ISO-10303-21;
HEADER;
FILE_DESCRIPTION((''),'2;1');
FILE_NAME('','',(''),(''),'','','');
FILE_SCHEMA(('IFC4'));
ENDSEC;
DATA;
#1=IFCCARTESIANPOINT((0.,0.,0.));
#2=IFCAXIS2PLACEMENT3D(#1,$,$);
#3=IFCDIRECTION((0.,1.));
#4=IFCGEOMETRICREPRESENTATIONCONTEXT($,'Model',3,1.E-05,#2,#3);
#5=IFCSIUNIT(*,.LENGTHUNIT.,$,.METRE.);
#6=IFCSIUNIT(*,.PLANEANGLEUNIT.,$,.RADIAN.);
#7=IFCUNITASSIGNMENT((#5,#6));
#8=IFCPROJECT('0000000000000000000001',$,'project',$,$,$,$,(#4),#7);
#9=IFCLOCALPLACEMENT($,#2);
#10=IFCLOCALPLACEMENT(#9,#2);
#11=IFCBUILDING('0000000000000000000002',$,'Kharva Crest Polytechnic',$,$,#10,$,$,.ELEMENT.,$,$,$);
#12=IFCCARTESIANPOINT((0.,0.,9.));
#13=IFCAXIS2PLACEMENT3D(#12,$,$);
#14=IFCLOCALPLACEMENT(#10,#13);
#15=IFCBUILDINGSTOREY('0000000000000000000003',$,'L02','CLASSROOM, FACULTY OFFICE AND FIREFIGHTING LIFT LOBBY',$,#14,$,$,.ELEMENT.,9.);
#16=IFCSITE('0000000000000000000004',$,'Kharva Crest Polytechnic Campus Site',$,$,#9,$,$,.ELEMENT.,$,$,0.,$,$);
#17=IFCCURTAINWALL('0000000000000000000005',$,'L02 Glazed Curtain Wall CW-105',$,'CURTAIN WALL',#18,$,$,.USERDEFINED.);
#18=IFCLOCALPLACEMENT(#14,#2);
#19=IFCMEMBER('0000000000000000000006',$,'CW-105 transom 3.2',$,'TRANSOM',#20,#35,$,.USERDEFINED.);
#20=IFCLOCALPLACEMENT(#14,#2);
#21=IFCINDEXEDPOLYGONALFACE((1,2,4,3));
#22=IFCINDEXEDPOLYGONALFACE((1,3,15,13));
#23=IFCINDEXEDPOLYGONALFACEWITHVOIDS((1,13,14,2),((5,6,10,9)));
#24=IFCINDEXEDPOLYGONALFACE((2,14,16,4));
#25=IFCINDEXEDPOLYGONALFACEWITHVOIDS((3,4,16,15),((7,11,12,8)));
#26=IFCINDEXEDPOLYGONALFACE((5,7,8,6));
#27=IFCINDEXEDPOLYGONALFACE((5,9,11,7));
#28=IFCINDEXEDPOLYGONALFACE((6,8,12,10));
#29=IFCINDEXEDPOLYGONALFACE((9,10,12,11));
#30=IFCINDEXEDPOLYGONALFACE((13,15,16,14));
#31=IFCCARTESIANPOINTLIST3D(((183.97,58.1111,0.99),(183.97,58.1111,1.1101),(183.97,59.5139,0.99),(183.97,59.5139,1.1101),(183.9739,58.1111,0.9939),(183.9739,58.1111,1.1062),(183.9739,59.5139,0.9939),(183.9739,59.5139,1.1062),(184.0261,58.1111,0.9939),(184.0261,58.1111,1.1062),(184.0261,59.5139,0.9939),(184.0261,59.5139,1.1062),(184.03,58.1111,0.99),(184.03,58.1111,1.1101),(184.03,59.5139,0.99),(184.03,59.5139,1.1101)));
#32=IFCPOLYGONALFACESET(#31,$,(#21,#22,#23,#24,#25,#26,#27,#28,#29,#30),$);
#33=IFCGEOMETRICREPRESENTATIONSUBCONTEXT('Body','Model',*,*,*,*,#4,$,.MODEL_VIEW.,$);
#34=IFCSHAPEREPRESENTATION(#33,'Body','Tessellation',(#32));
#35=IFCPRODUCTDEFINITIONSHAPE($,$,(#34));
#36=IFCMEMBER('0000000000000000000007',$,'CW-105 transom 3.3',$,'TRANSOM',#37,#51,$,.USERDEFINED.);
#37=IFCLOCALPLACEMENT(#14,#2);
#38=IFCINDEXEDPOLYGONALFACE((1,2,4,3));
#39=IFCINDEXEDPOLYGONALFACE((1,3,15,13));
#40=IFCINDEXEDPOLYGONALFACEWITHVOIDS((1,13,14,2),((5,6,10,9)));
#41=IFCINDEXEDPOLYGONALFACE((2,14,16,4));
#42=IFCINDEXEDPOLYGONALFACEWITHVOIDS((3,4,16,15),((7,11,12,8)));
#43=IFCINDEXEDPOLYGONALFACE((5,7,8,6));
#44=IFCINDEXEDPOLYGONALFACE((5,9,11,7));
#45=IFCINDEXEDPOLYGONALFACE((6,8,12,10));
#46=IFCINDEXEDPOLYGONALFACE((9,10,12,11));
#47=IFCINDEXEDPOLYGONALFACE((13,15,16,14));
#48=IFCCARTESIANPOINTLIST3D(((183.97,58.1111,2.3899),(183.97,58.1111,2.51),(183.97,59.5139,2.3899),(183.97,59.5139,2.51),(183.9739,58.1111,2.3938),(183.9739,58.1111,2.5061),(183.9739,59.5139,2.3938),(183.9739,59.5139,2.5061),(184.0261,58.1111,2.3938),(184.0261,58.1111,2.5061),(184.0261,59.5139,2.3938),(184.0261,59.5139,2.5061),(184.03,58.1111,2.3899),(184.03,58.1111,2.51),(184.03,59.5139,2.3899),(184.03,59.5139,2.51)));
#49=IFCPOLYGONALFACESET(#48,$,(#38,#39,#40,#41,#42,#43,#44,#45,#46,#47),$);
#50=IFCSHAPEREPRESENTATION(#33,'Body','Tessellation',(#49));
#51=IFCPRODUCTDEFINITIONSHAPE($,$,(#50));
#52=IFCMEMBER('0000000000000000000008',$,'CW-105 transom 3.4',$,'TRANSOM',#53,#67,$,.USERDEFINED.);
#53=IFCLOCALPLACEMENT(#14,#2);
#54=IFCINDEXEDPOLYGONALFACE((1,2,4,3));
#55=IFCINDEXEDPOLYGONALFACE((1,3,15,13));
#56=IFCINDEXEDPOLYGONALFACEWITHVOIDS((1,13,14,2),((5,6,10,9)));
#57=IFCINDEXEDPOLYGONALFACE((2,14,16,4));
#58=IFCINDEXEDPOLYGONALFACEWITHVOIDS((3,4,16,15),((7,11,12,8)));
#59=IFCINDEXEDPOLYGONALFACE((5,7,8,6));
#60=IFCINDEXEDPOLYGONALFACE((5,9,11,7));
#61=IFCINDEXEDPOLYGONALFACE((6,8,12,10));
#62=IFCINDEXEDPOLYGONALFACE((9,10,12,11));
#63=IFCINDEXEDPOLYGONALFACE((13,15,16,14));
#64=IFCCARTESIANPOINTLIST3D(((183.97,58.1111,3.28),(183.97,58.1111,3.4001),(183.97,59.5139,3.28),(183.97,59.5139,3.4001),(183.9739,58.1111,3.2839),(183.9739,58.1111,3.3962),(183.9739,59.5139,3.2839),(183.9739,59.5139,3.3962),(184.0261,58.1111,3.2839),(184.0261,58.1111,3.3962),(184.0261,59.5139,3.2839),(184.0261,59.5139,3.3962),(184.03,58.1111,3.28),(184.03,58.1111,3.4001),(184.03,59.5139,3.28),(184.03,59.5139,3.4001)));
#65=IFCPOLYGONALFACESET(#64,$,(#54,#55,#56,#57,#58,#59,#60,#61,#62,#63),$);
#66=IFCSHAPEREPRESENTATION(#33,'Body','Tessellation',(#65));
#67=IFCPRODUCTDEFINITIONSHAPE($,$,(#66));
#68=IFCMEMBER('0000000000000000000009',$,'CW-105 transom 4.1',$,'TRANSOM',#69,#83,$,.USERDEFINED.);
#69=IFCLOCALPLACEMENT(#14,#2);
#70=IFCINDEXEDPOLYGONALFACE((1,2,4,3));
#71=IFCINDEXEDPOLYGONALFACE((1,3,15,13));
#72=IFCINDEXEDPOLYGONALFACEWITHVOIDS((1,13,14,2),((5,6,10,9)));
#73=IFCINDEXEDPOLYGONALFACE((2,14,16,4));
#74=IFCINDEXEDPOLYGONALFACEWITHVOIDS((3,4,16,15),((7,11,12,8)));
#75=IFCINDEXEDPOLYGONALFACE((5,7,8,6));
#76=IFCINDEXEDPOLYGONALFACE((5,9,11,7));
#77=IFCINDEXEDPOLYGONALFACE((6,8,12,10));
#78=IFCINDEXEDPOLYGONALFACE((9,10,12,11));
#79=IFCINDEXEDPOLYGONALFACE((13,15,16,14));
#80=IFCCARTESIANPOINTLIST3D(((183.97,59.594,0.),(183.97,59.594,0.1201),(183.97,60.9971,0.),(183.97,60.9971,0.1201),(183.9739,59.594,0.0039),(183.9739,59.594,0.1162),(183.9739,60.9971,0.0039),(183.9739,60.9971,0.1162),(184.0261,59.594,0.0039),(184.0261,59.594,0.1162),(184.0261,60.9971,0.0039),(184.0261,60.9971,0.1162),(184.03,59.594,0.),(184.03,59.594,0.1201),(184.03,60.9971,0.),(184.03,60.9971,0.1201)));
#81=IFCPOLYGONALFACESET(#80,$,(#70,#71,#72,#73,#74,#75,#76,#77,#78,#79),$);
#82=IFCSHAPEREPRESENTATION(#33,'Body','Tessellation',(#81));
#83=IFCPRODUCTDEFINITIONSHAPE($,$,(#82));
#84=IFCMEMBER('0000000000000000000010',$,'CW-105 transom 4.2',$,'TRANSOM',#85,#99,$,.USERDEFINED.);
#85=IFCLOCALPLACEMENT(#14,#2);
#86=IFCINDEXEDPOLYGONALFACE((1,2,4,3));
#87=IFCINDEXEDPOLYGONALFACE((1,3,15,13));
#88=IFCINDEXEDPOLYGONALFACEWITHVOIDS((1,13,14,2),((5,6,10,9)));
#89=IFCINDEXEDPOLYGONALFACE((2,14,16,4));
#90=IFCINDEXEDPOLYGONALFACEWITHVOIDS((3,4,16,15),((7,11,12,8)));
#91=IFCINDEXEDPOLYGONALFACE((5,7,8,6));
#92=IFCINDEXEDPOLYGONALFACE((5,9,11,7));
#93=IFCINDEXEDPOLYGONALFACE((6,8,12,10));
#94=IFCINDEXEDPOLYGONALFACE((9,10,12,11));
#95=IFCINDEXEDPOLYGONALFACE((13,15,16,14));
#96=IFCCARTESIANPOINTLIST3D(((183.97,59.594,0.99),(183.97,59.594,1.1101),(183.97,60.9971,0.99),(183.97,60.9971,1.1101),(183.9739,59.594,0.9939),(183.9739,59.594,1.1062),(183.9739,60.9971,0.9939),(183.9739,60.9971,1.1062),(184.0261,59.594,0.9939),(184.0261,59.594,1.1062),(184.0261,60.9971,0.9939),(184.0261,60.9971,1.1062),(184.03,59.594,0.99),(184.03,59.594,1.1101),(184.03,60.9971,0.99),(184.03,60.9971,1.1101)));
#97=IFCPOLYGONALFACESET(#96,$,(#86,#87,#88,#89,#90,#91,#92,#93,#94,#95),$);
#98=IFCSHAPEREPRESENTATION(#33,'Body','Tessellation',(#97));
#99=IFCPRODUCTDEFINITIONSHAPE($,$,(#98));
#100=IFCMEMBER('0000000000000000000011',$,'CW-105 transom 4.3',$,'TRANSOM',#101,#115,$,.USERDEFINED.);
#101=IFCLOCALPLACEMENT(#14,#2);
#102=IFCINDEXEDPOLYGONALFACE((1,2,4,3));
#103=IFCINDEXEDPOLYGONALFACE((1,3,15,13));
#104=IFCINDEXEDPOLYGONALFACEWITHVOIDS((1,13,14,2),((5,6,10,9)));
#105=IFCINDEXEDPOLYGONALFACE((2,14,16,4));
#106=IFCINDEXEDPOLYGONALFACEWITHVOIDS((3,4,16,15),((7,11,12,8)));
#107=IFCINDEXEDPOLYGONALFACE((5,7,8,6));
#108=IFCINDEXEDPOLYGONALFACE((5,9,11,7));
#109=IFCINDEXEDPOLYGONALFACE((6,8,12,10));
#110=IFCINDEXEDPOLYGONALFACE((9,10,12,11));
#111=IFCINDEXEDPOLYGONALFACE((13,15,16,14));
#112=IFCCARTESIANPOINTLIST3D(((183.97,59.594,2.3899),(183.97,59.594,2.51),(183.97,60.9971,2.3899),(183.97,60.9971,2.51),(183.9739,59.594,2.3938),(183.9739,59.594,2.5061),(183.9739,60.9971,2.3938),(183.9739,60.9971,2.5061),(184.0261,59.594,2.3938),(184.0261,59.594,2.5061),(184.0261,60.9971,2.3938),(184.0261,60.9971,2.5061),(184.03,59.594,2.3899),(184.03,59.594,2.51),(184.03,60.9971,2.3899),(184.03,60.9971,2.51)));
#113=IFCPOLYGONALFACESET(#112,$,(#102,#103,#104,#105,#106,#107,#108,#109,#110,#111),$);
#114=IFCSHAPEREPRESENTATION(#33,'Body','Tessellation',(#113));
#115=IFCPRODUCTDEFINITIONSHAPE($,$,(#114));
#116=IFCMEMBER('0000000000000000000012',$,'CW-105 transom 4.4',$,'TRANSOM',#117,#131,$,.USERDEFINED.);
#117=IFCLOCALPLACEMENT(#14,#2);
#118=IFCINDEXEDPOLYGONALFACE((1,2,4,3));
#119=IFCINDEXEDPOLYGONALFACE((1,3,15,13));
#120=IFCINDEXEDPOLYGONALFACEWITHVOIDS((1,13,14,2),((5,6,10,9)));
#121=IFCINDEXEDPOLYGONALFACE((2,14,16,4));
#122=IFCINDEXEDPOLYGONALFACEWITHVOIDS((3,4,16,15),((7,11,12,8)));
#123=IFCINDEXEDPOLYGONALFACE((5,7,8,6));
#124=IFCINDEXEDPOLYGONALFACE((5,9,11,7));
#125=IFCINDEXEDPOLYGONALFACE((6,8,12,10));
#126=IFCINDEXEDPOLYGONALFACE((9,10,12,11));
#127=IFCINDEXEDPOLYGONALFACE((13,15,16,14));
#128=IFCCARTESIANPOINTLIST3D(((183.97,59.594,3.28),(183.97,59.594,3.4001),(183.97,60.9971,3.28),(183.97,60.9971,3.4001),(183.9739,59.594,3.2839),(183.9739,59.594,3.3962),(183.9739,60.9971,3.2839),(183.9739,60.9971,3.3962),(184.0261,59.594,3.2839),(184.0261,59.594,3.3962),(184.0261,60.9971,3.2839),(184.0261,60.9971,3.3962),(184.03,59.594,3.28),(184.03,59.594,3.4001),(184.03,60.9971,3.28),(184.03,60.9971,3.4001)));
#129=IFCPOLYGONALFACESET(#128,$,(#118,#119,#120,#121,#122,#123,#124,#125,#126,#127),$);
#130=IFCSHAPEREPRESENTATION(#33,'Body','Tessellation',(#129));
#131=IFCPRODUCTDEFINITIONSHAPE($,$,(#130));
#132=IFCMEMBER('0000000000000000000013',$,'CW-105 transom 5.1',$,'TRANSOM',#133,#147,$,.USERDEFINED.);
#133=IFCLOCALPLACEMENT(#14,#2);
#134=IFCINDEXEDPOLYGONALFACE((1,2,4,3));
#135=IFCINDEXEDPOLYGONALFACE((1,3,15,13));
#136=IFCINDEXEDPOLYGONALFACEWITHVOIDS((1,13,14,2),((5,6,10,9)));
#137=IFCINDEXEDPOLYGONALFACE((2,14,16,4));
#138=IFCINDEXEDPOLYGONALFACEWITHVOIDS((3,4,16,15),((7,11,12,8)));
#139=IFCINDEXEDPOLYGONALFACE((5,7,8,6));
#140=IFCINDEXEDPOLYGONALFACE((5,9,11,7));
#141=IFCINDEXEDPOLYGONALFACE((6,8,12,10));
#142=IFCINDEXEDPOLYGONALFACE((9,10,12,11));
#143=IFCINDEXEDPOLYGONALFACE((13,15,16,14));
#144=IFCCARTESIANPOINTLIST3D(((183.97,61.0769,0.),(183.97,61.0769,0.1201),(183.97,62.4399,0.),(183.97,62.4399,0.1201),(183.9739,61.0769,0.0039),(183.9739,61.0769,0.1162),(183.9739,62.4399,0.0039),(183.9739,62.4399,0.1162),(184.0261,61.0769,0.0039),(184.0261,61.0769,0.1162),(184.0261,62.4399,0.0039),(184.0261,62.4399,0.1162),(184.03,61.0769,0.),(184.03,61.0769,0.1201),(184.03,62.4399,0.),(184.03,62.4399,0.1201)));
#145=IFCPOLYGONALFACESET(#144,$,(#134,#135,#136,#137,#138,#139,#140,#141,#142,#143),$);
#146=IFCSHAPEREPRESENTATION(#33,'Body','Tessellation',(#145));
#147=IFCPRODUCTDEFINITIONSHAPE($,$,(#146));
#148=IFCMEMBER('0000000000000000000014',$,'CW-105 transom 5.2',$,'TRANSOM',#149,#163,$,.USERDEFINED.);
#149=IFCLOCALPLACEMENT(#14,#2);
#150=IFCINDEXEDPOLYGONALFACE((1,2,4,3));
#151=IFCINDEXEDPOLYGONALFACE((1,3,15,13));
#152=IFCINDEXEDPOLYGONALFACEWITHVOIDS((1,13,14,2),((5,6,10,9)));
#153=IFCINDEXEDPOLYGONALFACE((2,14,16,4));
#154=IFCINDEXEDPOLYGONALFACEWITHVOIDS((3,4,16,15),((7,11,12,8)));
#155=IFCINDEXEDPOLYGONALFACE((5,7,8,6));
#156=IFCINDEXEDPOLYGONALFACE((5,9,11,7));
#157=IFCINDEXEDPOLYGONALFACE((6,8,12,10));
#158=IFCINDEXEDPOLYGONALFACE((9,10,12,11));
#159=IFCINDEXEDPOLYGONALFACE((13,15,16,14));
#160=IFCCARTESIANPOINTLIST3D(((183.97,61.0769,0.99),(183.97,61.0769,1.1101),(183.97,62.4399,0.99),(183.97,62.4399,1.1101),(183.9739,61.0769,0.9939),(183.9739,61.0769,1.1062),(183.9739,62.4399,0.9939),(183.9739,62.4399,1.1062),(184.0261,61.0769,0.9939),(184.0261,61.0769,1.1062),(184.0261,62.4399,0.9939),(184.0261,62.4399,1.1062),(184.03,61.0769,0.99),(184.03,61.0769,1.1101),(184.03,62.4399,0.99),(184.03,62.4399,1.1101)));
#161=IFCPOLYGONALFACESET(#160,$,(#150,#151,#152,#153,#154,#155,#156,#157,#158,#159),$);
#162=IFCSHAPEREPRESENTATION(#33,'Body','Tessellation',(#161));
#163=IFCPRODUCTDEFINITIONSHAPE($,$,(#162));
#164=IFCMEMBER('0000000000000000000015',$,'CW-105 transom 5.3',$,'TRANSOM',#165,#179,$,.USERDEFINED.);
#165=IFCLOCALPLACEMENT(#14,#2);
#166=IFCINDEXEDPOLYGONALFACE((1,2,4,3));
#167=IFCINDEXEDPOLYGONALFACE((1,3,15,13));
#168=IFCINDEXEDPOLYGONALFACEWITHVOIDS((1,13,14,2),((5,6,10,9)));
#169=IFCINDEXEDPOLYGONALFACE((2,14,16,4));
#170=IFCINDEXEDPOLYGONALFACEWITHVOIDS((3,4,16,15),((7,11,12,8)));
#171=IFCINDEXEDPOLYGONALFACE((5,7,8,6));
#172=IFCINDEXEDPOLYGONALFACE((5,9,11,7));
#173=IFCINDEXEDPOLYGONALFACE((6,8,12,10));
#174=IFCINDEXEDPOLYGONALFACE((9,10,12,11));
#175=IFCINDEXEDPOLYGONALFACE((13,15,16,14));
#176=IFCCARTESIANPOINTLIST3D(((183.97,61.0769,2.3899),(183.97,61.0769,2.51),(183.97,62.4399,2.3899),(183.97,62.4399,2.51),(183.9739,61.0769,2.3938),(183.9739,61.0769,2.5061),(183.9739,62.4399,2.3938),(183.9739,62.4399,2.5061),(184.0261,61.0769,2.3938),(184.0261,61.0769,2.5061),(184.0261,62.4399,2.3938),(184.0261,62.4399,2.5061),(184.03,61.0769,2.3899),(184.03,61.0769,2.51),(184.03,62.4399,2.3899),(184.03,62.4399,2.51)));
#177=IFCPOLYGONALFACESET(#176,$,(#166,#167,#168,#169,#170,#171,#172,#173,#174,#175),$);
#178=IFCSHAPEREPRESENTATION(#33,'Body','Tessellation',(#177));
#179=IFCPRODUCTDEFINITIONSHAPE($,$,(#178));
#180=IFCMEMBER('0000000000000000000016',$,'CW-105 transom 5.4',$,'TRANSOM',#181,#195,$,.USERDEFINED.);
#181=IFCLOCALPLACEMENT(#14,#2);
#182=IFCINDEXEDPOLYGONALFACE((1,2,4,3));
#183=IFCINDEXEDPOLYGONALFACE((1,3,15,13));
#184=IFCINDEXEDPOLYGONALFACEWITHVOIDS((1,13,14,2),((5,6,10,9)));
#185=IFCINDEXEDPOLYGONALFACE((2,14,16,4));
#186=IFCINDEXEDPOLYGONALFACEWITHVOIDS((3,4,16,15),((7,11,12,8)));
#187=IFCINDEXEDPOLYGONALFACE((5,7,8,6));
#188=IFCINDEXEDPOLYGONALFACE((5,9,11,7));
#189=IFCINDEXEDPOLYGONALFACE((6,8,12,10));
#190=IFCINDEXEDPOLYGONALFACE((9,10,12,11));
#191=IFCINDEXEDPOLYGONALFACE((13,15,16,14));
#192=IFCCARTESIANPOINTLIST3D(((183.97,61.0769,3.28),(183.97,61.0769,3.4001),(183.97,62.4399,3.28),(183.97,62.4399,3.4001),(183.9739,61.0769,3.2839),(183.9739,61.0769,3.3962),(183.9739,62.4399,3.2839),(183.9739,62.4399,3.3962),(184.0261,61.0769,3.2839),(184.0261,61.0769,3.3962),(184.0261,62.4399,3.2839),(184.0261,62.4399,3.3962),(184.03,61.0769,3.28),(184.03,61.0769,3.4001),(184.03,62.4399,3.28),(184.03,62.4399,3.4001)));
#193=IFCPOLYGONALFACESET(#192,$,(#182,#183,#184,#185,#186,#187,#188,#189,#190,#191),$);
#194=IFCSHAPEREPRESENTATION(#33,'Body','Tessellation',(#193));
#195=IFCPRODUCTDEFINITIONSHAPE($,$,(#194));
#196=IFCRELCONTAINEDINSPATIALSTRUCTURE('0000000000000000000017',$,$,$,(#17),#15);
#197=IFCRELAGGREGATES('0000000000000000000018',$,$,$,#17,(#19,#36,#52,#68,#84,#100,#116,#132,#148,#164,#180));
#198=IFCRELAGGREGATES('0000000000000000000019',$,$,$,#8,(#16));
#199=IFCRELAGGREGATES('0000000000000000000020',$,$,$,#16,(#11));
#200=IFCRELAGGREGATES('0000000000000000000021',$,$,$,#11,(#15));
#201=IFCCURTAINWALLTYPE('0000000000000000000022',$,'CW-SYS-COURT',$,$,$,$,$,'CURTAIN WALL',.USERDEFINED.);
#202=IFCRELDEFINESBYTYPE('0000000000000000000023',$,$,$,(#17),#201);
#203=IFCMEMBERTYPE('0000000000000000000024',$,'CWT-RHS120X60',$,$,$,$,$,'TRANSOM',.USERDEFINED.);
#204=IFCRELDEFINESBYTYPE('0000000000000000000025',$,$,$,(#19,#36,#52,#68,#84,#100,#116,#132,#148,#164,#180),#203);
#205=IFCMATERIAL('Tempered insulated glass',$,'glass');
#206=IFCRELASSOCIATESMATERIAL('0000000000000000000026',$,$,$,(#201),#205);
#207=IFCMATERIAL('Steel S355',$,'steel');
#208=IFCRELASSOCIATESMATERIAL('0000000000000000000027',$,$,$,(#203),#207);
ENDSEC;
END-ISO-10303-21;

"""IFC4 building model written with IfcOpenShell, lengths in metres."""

from ifc_helpers import new_model, si_unit, direction, frame, origin, origin_2d, place, context, subcontext, project, spatial, hollow_rectangle, extrude, material, material_profile, profile_set, type_object, element, aggregate, save


model = new_model("IFC4")

# Units and contexts
model_context = context("Model", 3, precision=1e-05, world=origin(), true_north=direction((0.0, 1.0)))
body_context = subcontext(model_context, "Body", "Model", "MODEL_VIEW")
ifc_project = project(units=[si_unit("LENGTHUNIT", "METRE"), si_unit("PLANEANGLEUNIT", "RADIAN")], contexts=[model_context])

# Site, building, storey
site_placement = place(None, origin())
site = spatial("IfcSite", under=ifc_project, at=site_placement, Name="Kharva Crest Polytechnic Campus Site", CompositionType="ELEMENT", RefElevation=0.0)
building_placement = place(site_placement, origin())
building = spatial("IfcBuilding", under=site, at=building_placement, Name="Kharva Crest Polytechnic", CompositionType="ELEMENT")
storey_placement = place(building_placement, frame((0.0, 0.0, 9.0)))
storey = spatial("IfcBuildingStorey", under=building, at=storey_placement, Name="L02", Description="CLASSROOM, FACULTY OFFICE AND FIREFIGHTING LIFT LOBBY", CompositionType="ELEMENT", Elevation=9.0)

# Curtain wall
ifc_material_1 = material(Name="Tempered insulated glass", Category="glass")
curtain_wall_type = type_object("IfcCurtainWallType", Name="CW-SYS-COURT", ElementType="CURTAIN WALL", PredefinedType="USERDEFINED", material=ifc_material_1)
curtain_wall_1_placement = place(storey_placement, origin())
curtain_wall_1 = element("IfcCurtainWall", 1, at=curtain_wall_1_placement, inside=storey, type_object=curtain_wall_type, Name="L02 Glazed Curtain Wall CW-105", ObjectType="CURTAIN WALL", PredefinedType="USERDEFINED")
ifc_material_2 = material(Name="Steel S355", Category="steel")

# Members
ifc_material_profile_1 = material_profile(ifc_material_2, hollow_rectangle(XDim=0.0601, YDim=0.1201, WallThickness=0.0039, at=origin_2d()), Name="RHS 120X60X4.0")
ifc_profile_set_1 = profile_set([ifc_material_profile_1], Name="Steel S355")
member_type_1 = type_object("IfcMemberType", Name="CWT-RHS120X60", ElementType="TRANSOM", PredefinedType="USERDEFINED", material=ifc_profile_set_1)
member_1_placement = place(storey_placement, frame((184.0, 58.1111, 1.05), z_axis=(0.0, 1.0, 0.0), x_axis=(-1.0, 0.0, 0.0)))
member_1 = element("IfcMember", 2, at=member_1_placement, type_object=member_type_1, Name="CW-105 transom 3.2", ObjectType="TRANSOM", PredefinedType="USERDEFINED", context=body_context, shape_type="SweptSolid", body=[
    extrude(hollow_rectangle(XDim=0.0601, YDim=0.1201, WallThickness=0.0039, at=origin_2d()), origin(), (0.0, 0.0, 1.0), 1.4028),
])
member_2_placement = place(storey_placement, frame((184.0, 58.1111, 2.45), z_axis=(0.0, 1.0, 0.0), x_axis=(-1.0, 0.0, 0.0)))
member_2 = element("IfcMember", 3, at=member_2_placement, type_object=member_type_1, Name="CW-105 transom 3.3", ObjectType="TRANSOM", PredefinedType="USERDEFINED", context=body_context, shape_type="SweptSolid", body=[
    extrude(hollow_rectangle(XDim=0.0601, YDim=0.1201, WallThickness=0.0039, at=origin_2d()), origin(), (0.0, 0.0, 1.0), 1.4028),
])
member_3_placement = place(storey_placement, frame((184.0, 58.1111, 3.3401), z_axis=(0.0, 1.0, 0.0), x_axis=(-1.0, 0.0, 0.0)))
member_3 = element("IfcMember", 4, at=member_3_placement, type_object=member_type_1, Name="CW-105 transom 3.4", ObjectType="TRANSOM", PredefinedType="USERDEFINED", context=body_context, shape_type="SweptSolid", body=[
    extrude(hollow_rectangle(XDim=0.0601, YDim=0.1201, WallThickness=0.0039, at=origin_2d()), origin(), (0.0, 0.0, 1.0), 1.4028),
])
member_4_placement = place(storey_placement, frame((184.0, 59.594, 0.0601), z_axis=(0.0, 1.0, 0.0), x_axis=(-1.0, 0.0, 0.0)))
member_4 = element("IfcMember", 5, at=member_4_placement, type_object=member_type_1, Name="CW-105 transom 4.1", ObjectType="TRANSOM", PredefinedType="USERDEFINED", context=body_context, shape_type="SweptSolid", body=[
    extrude(hollow_rectangle(XDim=0.0601, YDim=0.1201, WallThickness=0.0039, at=origin_2d()), origin(), (0.0, 0.0, 1.0), 1.4031),
])
member_5_placement = place(storey_placement, frame((184.0, 59.594, 1.05), z_axis=(0.0, 1.0, 0.0), x_axis=(-1.0, 0.0, 0.0)))
member_5 = element("IfcMember", 6, at=member_5_placement, type_object=member_type_1, Name="CW-105 transom 4.2", ObjectType="TRANSOM", PredefinedType="USERDEFINED", context=body_context, shape_type="SweptSolid", body=[
    extrude(hollow_rectangle(XDim=0.0601, YDim=0.1201, WallThickness=0.0039, at=origin_2d()), origin(), (0.0, 0.0, 1.0), 1.4031),
])
member_6_placement = place(storey_placement, frame((184.0, 59.594, 2.45), z_axis=(0.0, 1.0, 0.0), x_axis=(-1.0, 0.0, 0.0)))
member_6 = element("IfcMember", 7, at=member_6_placement, type_object=member_type_1, Name="CW-105 transom 4.3", ObjectType="TRANSOM", PredefinedType="USERDEFINED", context=body_context, shape_type="SweptSolid", body=[
    extrude(hollow_rectangle(XDim=0.0601, YDim=0.1201, WallThickness=0.0039, at=origin_2d()), origin(), (0.0, 0.0, 1.0), 1.4031),
])
member_7_placement = place(storey_placement, frame((184.0, 59.594, 3.3401), z_axis=(0.0, 1.0, 0.0), x_axis=(-1.0, 0.0, 0.0)))
member_7 = element("IfcMember", 8, at=member_7_placement, type_object=member_type_1, Name="CW-105 transom 4.4", ObjectType="TRANSOM", PredefinedType="USERDEFINED", context=body_context, shape_type="SweptSolid", body=[
    extrude(hollow_rectangle(XDim=0.0601, YDim=0.1201, WallThickness=0.0039, at=origin_2d()), origin(), (0.0, 0.0, 1.0), 1.4031),
])
member_8_placement = place(storey_placement, frame((184.0, 61.0769, 0.0601), z_axis=(0.0, 1.0, 0.0), x_axis=(-1.0, 0.0, 0.0)))
member_8 = element("IfcMember", 9, at=member_8_placement, type_object=member_type_1, Name="CW-105 transom 5.1", ObjectType="TRANSOM", PredefinedType="USERDEFINED", context=body_context, shape_type="SweptSolid", body=[
    extrude(hollow_rectangle(XDim=0.0601, YDim=0.1201, WallThickness=0.0039, at=origin_2d()), origin(), (0.0, 0.0, 1.0), 1.363),
])
member_9_placement = place(storey_placement, frame((184.0, 61.0769, 1.05), z_axis=(0.0, 1.0, 0.0), x_axis=(-1.0, 0.0, 0.0)))
member_9 = element("IfcMember", 10, at=member_9_placement, type_object=member_type_1, Name="CW-105 transom 5.2", ObjectType="TRANSOM", PredefinedType="USERDEFINED", context=body_context, shape_type="SweptSolid", body=[
    extrude(hollow_rectangle(XDim=0.0601, YDim=0.1201, WallThickness=0.0039, at=origin_2d()), origin(), (0.0, 0.0, 1.0), 1.363),
])
member_10_placement = place(storey_placement, frame((184.0, 61.0769, 2.45), z_axis=(0.0, 1.0, 0.0), x_axis=(-1.0, 0.0, 0.0)))
member_10 = element("IfcMember", 11, at=member_10_placement, type_object=member_type_1, Name="CW-105 transom 5.3", ObjectType="TRANSOM", PredefinedType="USERDEFINED", context=body_context, shape_type="SweptSolid", body=[
    extrude(hollow_rectangle(XDim=0.0601, YDim=0.1201, WallThickness=0.0039, at=origin_2d()), origin(), (0.0, 0.0, 1.0), 1.363),
])
member_11_placement = place(storey_placement, frame((184.0, 61.0769, 3.3401), z_axis=(0.0, 1.0, 0.0), x_axis=(-1.0, 0.0, 0.0)))
member_11 = element("IfcMember", 12, at=member_11_placement, type_object=member_type_1, Name="CW-105 transom 5.4", ObjectType="TRANSOM", PredefinedType="USERDEFINED", context=body_context, shape_type="SweptSolid", body=[
    extrude(hollow_rectangle(XDim=0.0601, YDim=0.1201, WallThickness=0.0039, at=origin_2d()), origin(), (0.0, 0.0, 1.0), 1.363),
])

aggregate(curtain_wall_1, [member_1, member_2, member_3, member_4, member_5, member_6, member_7, member_8, member_9, member_10, member_11])

save(model, "model.ifc")
